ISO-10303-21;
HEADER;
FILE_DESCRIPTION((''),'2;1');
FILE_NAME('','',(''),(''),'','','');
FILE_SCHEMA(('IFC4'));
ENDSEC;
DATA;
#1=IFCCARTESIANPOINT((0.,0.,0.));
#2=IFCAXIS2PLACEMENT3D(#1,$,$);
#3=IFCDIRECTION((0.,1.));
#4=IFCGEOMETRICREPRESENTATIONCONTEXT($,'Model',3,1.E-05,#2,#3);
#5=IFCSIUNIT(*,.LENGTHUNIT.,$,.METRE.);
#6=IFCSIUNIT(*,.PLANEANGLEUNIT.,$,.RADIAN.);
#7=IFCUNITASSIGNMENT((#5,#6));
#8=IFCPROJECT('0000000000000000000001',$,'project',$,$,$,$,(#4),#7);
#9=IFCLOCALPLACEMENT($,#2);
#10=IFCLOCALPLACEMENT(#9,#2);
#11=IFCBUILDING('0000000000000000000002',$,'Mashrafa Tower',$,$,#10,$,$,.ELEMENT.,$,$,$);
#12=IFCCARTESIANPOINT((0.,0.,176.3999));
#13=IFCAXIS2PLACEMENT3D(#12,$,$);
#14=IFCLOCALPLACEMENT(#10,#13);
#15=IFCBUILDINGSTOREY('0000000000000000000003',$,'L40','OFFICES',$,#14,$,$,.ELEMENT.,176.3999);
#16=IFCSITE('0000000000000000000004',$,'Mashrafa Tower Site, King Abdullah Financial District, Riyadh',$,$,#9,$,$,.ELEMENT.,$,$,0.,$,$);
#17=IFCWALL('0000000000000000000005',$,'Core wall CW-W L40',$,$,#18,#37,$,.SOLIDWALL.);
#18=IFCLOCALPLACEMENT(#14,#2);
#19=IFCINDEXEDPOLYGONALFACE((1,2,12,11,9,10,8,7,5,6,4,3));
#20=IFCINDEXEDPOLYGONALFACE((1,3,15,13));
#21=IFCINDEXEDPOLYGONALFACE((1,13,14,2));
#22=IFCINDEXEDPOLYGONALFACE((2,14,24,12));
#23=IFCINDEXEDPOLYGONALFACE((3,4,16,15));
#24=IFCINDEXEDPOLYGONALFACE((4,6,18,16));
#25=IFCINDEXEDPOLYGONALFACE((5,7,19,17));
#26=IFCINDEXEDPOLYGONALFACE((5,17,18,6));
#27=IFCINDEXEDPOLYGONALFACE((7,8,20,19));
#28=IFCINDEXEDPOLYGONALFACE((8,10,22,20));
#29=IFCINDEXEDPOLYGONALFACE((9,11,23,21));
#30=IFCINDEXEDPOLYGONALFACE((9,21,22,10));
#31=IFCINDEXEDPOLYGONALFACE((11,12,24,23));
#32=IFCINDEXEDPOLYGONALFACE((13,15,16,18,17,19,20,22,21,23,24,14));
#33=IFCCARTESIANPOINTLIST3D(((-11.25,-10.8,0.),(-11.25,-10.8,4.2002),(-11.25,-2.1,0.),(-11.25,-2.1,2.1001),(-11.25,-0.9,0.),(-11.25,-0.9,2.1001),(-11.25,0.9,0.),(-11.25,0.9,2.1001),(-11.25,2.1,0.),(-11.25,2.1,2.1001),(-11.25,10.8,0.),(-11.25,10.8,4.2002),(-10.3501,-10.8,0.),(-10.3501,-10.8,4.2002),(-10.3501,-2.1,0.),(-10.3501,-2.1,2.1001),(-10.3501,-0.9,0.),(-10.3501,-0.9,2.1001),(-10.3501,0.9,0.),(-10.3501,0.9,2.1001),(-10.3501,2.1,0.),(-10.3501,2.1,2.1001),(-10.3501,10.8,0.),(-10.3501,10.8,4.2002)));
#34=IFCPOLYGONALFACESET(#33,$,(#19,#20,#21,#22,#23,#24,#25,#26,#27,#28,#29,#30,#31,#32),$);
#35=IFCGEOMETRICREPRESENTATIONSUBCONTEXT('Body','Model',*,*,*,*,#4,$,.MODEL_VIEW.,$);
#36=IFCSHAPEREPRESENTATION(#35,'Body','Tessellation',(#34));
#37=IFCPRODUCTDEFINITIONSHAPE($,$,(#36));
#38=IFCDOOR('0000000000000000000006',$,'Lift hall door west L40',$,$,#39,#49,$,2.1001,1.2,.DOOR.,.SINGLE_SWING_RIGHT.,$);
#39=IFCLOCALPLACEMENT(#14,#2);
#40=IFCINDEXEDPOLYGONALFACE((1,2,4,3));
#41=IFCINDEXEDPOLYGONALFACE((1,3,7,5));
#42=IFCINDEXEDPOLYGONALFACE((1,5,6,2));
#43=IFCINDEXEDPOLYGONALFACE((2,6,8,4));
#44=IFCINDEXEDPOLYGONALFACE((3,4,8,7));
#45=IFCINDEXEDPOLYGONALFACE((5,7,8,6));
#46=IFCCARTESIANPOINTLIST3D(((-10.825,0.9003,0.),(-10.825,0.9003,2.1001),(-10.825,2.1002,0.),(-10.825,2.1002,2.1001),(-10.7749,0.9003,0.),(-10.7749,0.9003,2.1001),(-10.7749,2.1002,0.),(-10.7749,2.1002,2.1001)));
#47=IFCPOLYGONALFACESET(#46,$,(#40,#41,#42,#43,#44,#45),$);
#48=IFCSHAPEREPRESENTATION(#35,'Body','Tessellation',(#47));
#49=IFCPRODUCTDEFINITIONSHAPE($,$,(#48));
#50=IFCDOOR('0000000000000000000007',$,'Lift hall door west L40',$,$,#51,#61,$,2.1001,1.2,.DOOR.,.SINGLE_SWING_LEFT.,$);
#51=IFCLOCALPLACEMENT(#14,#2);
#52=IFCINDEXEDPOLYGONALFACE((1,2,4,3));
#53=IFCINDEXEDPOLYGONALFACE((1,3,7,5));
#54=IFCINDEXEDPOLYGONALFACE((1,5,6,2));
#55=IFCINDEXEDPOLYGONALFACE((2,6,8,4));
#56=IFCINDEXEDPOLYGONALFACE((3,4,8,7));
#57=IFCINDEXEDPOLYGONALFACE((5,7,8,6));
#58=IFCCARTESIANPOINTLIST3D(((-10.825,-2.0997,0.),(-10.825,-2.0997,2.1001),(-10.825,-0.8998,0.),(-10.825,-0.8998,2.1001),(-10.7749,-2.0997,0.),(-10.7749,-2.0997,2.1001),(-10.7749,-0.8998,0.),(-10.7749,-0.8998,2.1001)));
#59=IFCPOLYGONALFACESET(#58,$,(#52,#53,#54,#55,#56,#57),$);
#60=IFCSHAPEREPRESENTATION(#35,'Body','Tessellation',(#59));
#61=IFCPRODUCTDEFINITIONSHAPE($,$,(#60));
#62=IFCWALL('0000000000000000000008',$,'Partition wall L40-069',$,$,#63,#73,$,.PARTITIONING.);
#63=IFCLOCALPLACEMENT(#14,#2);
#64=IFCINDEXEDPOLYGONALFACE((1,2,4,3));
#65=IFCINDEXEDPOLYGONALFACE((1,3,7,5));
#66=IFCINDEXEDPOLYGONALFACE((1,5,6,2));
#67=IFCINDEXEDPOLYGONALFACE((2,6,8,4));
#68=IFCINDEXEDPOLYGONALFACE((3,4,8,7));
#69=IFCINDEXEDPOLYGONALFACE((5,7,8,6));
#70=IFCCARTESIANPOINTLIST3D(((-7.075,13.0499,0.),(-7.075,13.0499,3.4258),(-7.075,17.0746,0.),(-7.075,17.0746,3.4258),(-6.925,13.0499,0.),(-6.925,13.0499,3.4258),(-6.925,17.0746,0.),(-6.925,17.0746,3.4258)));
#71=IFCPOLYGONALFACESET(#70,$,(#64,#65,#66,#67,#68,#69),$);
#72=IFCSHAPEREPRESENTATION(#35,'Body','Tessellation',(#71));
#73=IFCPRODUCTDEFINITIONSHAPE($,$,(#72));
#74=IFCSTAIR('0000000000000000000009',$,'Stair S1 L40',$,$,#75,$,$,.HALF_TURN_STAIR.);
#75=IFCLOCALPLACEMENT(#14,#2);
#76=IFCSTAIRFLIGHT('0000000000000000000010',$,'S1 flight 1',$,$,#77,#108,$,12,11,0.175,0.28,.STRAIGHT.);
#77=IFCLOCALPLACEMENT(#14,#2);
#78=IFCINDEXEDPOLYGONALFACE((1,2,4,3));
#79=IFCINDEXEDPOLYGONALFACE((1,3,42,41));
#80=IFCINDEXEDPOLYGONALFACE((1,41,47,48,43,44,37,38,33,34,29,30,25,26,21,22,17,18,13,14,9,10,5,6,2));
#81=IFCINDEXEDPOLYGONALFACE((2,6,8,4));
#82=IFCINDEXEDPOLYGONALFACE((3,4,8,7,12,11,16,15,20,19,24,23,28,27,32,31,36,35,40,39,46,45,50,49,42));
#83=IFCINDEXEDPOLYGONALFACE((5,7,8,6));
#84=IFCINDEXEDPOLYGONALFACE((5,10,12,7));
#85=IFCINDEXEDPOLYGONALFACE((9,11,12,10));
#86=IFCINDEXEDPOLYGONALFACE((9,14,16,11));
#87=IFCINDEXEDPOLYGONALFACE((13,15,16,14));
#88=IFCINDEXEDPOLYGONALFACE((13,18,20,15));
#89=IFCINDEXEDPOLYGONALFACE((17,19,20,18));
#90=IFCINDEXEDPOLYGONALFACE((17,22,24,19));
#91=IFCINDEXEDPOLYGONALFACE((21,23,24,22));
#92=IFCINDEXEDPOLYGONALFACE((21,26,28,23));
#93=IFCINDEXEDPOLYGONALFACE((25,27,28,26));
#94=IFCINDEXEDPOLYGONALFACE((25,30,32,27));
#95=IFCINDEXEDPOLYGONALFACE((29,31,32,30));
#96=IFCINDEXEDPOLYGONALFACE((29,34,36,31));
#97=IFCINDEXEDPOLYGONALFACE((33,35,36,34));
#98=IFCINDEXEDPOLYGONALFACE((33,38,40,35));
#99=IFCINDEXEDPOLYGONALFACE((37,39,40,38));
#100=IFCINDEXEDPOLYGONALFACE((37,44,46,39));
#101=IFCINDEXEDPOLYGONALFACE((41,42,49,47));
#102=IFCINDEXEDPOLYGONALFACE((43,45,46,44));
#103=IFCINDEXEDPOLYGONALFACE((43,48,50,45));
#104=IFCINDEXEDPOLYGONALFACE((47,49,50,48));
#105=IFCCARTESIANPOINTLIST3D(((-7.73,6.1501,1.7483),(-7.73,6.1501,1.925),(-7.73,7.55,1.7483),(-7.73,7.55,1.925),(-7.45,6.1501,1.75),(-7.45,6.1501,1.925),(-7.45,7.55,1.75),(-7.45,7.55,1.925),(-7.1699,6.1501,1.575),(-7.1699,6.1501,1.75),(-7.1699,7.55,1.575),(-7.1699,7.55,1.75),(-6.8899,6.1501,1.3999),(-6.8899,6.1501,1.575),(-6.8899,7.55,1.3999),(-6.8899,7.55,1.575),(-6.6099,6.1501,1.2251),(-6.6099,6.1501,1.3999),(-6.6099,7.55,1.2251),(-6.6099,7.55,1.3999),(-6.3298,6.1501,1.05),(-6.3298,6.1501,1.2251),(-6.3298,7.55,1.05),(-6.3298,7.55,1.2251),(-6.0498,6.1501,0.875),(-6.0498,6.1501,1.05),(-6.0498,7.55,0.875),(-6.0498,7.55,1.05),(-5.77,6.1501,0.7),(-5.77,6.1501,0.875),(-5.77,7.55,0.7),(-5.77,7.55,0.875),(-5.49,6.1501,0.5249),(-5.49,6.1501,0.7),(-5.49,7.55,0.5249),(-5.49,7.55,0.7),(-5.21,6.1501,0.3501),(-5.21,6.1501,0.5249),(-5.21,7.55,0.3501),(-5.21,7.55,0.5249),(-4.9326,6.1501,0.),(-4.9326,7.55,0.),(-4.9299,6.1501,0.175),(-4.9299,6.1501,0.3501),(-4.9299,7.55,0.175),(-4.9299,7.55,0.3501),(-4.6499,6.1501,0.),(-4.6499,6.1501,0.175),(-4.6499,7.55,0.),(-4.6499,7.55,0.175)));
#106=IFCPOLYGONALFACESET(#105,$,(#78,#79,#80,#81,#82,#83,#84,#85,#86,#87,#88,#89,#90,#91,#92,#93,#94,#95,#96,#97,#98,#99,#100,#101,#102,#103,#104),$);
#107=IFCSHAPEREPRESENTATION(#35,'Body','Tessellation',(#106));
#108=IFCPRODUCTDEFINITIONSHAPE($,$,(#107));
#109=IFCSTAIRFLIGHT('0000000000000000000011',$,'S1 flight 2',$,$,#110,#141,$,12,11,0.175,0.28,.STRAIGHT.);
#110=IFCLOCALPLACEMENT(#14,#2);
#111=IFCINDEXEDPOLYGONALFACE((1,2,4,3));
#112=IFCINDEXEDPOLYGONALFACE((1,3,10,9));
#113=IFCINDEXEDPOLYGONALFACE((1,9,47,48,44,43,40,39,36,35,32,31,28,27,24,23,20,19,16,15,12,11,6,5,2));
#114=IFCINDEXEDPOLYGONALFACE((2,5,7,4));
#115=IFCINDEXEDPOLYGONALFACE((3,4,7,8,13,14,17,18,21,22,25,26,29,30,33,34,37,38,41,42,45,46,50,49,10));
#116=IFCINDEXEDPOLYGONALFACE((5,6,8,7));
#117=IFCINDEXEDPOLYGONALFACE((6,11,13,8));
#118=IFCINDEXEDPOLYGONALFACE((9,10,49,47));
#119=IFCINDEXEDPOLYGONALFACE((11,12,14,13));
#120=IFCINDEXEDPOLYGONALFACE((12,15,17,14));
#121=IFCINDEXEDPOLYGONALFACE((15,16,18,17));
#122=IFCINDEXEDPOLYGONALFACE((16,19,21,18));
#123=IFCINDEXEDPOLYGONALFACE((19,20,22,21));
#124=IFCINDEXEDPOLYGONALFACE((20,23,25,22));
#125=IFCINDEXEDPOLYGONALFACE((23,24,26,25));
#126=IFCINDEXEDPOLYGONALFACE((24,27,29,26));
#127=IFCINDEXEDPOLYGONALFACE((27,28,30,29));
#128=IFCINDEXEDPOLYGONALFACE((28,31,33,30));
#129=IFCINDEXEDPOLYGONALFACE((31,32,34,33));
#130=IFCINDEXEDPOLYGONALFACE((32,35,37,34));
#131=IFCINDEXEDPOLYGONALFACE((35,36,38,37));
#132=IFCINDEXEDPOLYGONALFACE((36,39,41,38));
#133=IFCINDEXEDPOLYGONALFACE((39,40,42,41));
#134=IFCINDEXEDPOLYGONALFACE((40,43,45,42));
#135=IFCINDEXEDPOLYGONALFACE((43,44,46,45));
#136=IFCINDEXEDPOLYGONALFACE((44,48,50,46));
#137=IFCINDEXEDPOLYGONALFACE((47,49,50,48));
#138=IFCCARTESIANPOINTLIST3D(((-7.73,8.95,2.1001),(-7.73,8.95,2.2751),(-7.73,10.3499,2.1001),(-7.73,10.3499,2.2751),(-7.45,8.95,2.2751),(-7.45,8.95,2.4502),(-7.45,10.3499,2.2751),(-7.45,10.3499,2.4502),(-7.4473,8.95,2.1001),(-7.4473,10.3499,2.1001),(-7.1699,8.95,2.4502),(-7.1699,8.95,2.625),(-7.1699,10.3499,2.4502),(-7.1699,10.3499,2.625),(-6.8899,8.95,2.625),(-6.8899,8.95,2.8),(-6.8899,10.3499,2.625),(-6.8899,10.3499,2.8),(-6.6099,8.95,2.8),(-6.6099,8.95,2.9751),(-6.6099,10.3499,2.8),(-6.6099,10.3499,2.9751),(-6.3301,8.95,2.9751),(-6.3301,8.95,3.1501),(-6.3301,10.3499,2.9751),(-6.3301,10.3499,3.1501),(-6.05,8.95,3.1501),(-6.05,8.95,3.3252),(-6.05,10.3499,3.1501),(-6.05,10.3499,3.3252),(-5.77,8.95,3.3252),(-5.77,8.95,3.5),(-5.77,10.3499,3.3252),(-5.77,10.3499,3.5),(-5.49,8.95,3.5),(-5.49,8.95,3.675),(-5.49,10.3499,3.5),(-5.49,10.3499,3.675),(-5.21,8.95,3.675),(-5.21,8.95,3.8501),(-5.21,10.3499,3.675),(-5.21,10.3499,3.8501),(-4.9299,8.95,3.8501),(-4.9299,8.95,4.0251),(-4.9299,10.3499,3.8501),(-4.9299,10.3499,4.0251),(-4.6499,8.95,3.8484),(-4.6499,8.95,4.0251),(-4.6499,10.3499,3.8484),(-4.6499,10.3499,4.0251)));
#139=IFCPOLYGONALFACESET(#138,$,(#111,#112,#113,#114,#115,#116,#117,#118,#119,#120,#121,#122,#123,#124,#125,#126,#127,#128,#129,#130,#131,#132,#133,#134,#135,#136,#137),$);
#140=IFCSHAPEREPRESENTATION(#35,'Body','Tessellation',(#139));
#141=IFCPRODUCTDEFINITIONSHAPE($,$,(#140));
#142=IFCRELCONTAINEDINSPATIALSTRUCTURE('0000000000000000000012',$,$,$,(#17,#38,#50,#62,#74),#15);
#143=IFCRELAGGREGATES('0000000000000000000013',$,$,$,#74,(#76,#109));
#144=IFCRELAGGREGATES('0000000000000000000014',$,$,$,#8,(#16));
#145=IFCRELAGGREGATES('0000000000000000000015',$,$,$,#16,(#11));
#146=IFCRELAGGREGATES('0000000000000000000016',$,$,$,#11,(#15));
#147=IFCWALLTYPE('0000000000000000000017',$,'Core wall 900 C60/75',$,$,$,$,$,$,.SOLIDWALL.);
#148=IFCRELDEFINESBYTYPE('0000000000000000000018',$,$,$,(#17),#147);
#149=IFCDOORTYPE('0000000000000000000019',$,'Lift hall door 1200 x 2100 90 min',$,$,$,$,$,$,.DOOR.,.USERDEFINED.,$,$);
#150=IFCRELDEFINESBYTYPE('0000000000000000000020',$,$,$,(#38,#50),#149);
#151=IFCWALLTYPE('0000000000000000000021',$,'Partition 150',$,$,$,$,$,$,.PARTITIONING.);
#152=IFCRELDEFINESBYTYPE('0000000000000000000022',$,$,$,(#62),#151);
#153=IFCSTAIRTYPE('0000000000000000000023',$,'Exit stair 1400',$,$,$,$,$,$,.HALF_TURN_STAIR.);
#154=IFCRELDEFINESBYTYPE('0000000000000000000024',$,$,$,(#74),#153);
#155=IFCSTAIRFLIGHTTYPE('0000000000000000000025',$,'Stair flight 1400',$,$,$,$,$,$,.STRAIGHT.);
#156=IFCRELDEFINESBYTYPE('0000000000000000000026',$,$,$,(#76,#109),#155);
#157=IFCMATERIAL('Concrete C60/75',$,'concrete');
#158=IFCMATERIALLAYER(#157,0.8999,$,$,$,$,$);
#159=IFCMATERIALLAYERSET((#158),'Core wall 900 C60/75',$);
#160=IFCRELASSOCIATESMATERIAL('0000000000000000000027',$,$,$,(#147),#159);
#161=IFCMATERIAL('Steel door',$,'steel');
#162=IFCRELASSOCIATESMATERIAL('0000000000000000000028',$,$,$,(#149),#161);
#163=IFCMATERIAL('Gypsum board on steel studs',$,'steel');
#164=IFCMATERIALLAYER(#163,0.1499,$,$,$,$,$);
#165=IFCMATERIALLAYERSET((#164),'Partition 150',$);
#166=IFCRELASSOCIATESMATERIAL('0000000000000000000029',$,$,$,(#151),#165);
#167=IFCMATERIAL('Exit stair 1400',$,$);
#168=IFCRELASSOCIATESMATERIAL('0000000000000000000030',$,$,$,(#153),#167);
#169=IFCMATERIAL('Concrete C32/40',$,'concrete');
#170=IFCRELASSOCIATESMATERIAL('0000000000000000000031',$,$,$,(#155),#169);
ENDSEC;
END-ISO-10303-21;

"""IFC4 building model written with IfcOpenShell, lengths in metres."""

from ifc_helpers import new_model, si_unit, direction, frame, frame_2d, origin, place, context, subcontext, project, spatial, polyline, rectangle, outline, extrude, material, layer, layer_set, type_object, element, fill, aggregate, save


model = new_model("IFC4")

# Units and contexts
model_context = context("Model", 3, precision=1e-05, world=origin(), true_north=direction((0.0, 1.0)))
body_context = subcontext(model_context, "Body", "Model", "MODEL_VIEW")
ifc_project = project(units=[si_unit("LENGTHUNIT", "METRE"), si_unit("PLANEANGLEUNIT", "RADIAN")], contexts=[model_context])

# Site, building, storey
site_placement = place(None, origin())
site = spatial("IfcSite", under=ifc_project, at=site_placement, Name="Mashrafa Tower Site, King Abdullah Financial District, Riyadh", CompositionType="ELEMENT", RefElevation=0.0)
building_placement = place(site_placement, origin())
building = spatial("IfcBuilding", under=site, at=building_placement, Name="Mashrafa Tower", CompositionType="ELEMENT")
storey_placement = place(building_placement, frame((0.0, 0.0, 176.3999)))
storey = spatial("IfcBuildingStorey", under=building, at=storey_placement, Name="L40", Description="OFFICES", CompositionType="ELEMENT", Elevation=176.3999)

# Wall, openings, doors
ifc_material_1 = material(Name="Concrete C60/75", Category="concrete")
ifc_layer_1 = layer(ifc_material_1, 0.8999)
ifc_layer_set_1 = layer_set([ifc_layer_1], Name="Core wall 900 C60/75")
wall_type_1 = type_object("IfcWallType", Name="Core wall 900 C60/75", PredefinedType="SOLIDWALL", material=ifc_layer_set_1)
wall_1_placement = place(storey_placement, frame((-10.8, 10.8, 0.0), z_axis=(0.0, 0.0, 1.0), x_axis=(0.0, -1.0, 0.0)))
wall_1 = element("IfcWall", 1, at=wall_1_placement, inside=storey, type_object=wall_type_1, Name="Core wall CW-W L40", PredefinedType="SOLIDWALL", context=body_context, shape_type="SweptSolid", body=[
    extrude(rectangle(XDim=21.6001, YDim=0.8999, at=frame_2d((10.8, 0.0))), origin(), (0.0, 0.0, 1.0), 4.2002),
])
opening_1_placement = place(wall_1_placement, frame((8.7, 0.0, 0.0)))
opening_1 = element("IfcOpeningElement", 2, at=opening_1_placement, cuts=wall_1, PredefinedType="OPENING", context=body_context, shape_type="SweptSolid", body=[
    extrude(rectangle(XDim=1.2, YDim=2.1001, at=frame_2d((0.6001, 1.05))), frame((0.0, 0.46, 0.0), z_axis=(0.0, -1.0, 0.0), x_axis=(1.0, 0.0, 0.0)), (0.0, 0.0, 1.0), 0.9199),
])
opening_2_placement = place(wall_1_placement, frame((11.7, 0.0, 0.0)))
opening_2 = element("IfcOpeningElement", 3, at=opening_2_placement, cuts=wall_1, PredefinedType="OPENING", context=body_context, shape_type="SweptSolid", body=[
    extrude(rectangle(XDim=1.2, YDim=2.1001, at=frame_2d((0.6001, 1.05))), frame((0.0, 0.46, 0.0), z_axis=(0.0, -1.0, 0.0), x_axis=(1.0, 0.0, 0.0)), (0.0, 0.0, 1.0), 0.9199),
])
ifc_material_2 = material(Name="Steel door", Category="steel")
door_type_1 = type_object("IfcDoorType", Name="Lift hall door 1200 x 2100 90 min", OperationType="USERDEFINED", PredefinedType="DOOR", material=ifc_material_2)
door_1_placement = place(opening_1_placement, frame((1.2, 0.0, 0.0), z_axis=(0.0, 0.0, 1.0), x_axis=(-1.0, 0.0, 0.0)))
door_1 = element("IfcDoor", 4, at=door_1_placement, inside=storey, type_object=door_type_1, Name="Lift hall door west L40", OperationType="SINGLE_SWING_RIGHT", OverallHeight=2.1001, OverallWidth=1.2, PredefinedType="DOOR", context=body_context, shape_type="SweptSolid", body=[
    extrude(rectangle(XDim=1.2, YDim=2.1001, at=frame_2d((0.6001, 1.05))), frame((0.0, 0.0249, 0.0), z_axis=(0.0, -1.0, 0.0), x_axis=(1.0, 0.0, 0.0)), (0.0, 0.0, 1.0), 0.05),
])
fill(opening_1, door_1)
door_2_placement = place(opening_2_placement, frame((1.2, 0.0, 0.0), z_axis=(0.0, 0.0, 1.0), x_axis=(-1.0, 0.0, 0.0)))
door_2 = element("IfcDoor", 5, at=door_2_placement, inside=storey, type_object=door_type_1, Name="Lift hall door west L40", OperationType="SINGLE_SWING_LEFT", OverallHeight=2.1001, OverallWidth=1.2, PredefinedType="DOOR", context=body_context, shape_type="SweptSolid", body=[
    extrude(rectangle(XDim=1.2, YDim=2.1001, at=frame_2d((0.6001, 1.05))), frame((0.0, 0.0249, 0.0), z_axis=(0.0, -1.0, 0.0), x_axis=(1.0, 0.0, 0.0)), (0.0, 0.0, 1.0), 0.05),
])
fill(opening_2, door_2)

# Wall
ifc_material_3 = material(Name="Gypsum board on steel studs", Category="steel")
ifc_layer_2 = layer(ifc_material_3, 0.1499)
ifc_layer_set_2 = layer_set([ifc_layer_2], Name="Partition 150")
wall_type_2 = type_object("IfcWallType", Name="Partition 150", PredefinedType="PARTITIONING", material=ifc_layer_set_2)
wall_2_placement = place(storey_placement, frame((-7.0, 13.05, 0.0), z_axis=(0.0, 0.0, 1.0), x_axis=(0.0, 1.0, 0.0)))
element("IfcWall", 6, at=wall_2_placement, inside=storey, type_object=wall_type_2, Name="Partition wall L40-069", PredefinedType="PARTITIONING", context=body_context, shape_type="SweptSolid", body=[
    extrude(rectangle(XDim=4.0247, YDim=0.1499, at=frame_2d((2.0122, 0.0))), origin(), (0.0, 0.0, 1.0), 3.4258),
])

# Stair, stair flights
ifc_material_4 = material(Name="Exit stair 1400")
stair_type = type_object("IfcStairType", Name="Exit stair 1400", PredefinedType="HALF_TURN_STAIR", material=ifc_material_4)
stair_placement = place(storey_placement, origin())
stair = element("IfcStair", 7, at=stair_placement, inside=storey, type_object=stair_type, Name="Stair S1 L40", PredefinedType="HALF_TURN_STAIR")
ifc_material_5 = material(Name="Concrete C32/40", Category="concrete")
stair_flight_type = type_object("IfcStairFlightType", Name="Stair flight 1400", PredefinedType="STRAIGHT", material=ifc_material_5)
stair_flight_1_placement = place(storey_placement, frame((-4.6499, 6.8501, 0.0), z_axis=(0.0, 0.0, 1.0), x_axis=(-1.0, 0.0, 0.0)))
stair_flight_1 = element("IfcStairFlight", 8, at=stair_flight_1_placement, type_object=stair_flight_type, Name="S1 flight 1", NumberOfRisers=12, NumberOfTreads=11, PredefinedType="STRAIGHT", RiserHeight=0.175, TreadLength=0.28, context=body_context, shape_type="SweptSolid", body=[
    extrude(outline(polyline([(0.0, 0.0), (0.0, 0.175), (0.28, 0.175), (0.28, 0.3501), (0.5601, 0.3501), (0.5601, 0.5249), (0.8401, 0.5249), (0.8401, 0.7), (1.1201, 0.7), (1.1201, 0.875), (1.3999, 0.875), (1.3999, 1.05), (1.6799, 1.05), (1.6799, 1.2251), (1.96, 1.2251), (1.96, 1.3999), (2.24, 1.3999), (2.24, 1.575), (2.52, 1.575), (2.52, 1.75), (2.8, 1.75), (2.8, 1.925), (3.0801, 1.925), (3.0801, 2.1001), (3.0801, 1.7483), (0.2827, 0.0), (0.0, 0.0)])), frame((0.0, 0.7, 0.0), z_axis=(0.0, -1.0, 0.0), x_axis=(1.0, 0.0, 0.0)), (0.0, 0.0, 1.0), 1.3999),
])
stair_flight_2_placement = place(storey_placement, frame((-7.73, 9.6499, 2.1001), z_axis=(0.0, 0.0, 1.0), x_axis=(1.0, 0.0, 0.0)))
stair_flight_2 = element("IfcStairFlight", 9, at=stair_flight_2_placement, type_object=stair_flight_type, Name="S1 flight 2", NumberOfRisers=12, NumberOfTreads=11, PredefinedType="STRAIGHT", RiserHeight=0.175, TreadLength=0.28, context=body_context, shape_type="SweptSolid", body=[
    extrude(outline(polyline([(0.0, 0.0), (0.0, 0.175), (0.28, 0.175), (0.28, 0.3501), (0.5601, 0.3501), (0.5601, 0.5249), (0.8401, 0.5249), (0.8401, 0.7), (1.1201, 0.7), (1.1201, 0.875), (1.3999, 0.875), (1.3999, 1.05), (1.6799, 1.05), (1.6799, 1.2251), (1.96, 1.2251), (1.96, 1.3999), (2.24, 1.3999), (2.24, 1.575), (2.52, 1.575), (2.52, 1.75), (2.8, 1.75), (2.8, 1.925), (3.0801, 1.925), (3.0801, 2.1001), (3.0801, 1.7483), (0.2827, 0.0), (0.0, 0.0)])), frame((0.0, 0.7, 0.0), z_axis=(0.0, -1.0, 0.0), x_axis=(1.0, 0.0, 0.0)), (0.0, 0.0, 1.0), 1.3999),
])
aggregate(stair, [stair_flight_1, stair_flight_2])

save(model, "model.ifc")
